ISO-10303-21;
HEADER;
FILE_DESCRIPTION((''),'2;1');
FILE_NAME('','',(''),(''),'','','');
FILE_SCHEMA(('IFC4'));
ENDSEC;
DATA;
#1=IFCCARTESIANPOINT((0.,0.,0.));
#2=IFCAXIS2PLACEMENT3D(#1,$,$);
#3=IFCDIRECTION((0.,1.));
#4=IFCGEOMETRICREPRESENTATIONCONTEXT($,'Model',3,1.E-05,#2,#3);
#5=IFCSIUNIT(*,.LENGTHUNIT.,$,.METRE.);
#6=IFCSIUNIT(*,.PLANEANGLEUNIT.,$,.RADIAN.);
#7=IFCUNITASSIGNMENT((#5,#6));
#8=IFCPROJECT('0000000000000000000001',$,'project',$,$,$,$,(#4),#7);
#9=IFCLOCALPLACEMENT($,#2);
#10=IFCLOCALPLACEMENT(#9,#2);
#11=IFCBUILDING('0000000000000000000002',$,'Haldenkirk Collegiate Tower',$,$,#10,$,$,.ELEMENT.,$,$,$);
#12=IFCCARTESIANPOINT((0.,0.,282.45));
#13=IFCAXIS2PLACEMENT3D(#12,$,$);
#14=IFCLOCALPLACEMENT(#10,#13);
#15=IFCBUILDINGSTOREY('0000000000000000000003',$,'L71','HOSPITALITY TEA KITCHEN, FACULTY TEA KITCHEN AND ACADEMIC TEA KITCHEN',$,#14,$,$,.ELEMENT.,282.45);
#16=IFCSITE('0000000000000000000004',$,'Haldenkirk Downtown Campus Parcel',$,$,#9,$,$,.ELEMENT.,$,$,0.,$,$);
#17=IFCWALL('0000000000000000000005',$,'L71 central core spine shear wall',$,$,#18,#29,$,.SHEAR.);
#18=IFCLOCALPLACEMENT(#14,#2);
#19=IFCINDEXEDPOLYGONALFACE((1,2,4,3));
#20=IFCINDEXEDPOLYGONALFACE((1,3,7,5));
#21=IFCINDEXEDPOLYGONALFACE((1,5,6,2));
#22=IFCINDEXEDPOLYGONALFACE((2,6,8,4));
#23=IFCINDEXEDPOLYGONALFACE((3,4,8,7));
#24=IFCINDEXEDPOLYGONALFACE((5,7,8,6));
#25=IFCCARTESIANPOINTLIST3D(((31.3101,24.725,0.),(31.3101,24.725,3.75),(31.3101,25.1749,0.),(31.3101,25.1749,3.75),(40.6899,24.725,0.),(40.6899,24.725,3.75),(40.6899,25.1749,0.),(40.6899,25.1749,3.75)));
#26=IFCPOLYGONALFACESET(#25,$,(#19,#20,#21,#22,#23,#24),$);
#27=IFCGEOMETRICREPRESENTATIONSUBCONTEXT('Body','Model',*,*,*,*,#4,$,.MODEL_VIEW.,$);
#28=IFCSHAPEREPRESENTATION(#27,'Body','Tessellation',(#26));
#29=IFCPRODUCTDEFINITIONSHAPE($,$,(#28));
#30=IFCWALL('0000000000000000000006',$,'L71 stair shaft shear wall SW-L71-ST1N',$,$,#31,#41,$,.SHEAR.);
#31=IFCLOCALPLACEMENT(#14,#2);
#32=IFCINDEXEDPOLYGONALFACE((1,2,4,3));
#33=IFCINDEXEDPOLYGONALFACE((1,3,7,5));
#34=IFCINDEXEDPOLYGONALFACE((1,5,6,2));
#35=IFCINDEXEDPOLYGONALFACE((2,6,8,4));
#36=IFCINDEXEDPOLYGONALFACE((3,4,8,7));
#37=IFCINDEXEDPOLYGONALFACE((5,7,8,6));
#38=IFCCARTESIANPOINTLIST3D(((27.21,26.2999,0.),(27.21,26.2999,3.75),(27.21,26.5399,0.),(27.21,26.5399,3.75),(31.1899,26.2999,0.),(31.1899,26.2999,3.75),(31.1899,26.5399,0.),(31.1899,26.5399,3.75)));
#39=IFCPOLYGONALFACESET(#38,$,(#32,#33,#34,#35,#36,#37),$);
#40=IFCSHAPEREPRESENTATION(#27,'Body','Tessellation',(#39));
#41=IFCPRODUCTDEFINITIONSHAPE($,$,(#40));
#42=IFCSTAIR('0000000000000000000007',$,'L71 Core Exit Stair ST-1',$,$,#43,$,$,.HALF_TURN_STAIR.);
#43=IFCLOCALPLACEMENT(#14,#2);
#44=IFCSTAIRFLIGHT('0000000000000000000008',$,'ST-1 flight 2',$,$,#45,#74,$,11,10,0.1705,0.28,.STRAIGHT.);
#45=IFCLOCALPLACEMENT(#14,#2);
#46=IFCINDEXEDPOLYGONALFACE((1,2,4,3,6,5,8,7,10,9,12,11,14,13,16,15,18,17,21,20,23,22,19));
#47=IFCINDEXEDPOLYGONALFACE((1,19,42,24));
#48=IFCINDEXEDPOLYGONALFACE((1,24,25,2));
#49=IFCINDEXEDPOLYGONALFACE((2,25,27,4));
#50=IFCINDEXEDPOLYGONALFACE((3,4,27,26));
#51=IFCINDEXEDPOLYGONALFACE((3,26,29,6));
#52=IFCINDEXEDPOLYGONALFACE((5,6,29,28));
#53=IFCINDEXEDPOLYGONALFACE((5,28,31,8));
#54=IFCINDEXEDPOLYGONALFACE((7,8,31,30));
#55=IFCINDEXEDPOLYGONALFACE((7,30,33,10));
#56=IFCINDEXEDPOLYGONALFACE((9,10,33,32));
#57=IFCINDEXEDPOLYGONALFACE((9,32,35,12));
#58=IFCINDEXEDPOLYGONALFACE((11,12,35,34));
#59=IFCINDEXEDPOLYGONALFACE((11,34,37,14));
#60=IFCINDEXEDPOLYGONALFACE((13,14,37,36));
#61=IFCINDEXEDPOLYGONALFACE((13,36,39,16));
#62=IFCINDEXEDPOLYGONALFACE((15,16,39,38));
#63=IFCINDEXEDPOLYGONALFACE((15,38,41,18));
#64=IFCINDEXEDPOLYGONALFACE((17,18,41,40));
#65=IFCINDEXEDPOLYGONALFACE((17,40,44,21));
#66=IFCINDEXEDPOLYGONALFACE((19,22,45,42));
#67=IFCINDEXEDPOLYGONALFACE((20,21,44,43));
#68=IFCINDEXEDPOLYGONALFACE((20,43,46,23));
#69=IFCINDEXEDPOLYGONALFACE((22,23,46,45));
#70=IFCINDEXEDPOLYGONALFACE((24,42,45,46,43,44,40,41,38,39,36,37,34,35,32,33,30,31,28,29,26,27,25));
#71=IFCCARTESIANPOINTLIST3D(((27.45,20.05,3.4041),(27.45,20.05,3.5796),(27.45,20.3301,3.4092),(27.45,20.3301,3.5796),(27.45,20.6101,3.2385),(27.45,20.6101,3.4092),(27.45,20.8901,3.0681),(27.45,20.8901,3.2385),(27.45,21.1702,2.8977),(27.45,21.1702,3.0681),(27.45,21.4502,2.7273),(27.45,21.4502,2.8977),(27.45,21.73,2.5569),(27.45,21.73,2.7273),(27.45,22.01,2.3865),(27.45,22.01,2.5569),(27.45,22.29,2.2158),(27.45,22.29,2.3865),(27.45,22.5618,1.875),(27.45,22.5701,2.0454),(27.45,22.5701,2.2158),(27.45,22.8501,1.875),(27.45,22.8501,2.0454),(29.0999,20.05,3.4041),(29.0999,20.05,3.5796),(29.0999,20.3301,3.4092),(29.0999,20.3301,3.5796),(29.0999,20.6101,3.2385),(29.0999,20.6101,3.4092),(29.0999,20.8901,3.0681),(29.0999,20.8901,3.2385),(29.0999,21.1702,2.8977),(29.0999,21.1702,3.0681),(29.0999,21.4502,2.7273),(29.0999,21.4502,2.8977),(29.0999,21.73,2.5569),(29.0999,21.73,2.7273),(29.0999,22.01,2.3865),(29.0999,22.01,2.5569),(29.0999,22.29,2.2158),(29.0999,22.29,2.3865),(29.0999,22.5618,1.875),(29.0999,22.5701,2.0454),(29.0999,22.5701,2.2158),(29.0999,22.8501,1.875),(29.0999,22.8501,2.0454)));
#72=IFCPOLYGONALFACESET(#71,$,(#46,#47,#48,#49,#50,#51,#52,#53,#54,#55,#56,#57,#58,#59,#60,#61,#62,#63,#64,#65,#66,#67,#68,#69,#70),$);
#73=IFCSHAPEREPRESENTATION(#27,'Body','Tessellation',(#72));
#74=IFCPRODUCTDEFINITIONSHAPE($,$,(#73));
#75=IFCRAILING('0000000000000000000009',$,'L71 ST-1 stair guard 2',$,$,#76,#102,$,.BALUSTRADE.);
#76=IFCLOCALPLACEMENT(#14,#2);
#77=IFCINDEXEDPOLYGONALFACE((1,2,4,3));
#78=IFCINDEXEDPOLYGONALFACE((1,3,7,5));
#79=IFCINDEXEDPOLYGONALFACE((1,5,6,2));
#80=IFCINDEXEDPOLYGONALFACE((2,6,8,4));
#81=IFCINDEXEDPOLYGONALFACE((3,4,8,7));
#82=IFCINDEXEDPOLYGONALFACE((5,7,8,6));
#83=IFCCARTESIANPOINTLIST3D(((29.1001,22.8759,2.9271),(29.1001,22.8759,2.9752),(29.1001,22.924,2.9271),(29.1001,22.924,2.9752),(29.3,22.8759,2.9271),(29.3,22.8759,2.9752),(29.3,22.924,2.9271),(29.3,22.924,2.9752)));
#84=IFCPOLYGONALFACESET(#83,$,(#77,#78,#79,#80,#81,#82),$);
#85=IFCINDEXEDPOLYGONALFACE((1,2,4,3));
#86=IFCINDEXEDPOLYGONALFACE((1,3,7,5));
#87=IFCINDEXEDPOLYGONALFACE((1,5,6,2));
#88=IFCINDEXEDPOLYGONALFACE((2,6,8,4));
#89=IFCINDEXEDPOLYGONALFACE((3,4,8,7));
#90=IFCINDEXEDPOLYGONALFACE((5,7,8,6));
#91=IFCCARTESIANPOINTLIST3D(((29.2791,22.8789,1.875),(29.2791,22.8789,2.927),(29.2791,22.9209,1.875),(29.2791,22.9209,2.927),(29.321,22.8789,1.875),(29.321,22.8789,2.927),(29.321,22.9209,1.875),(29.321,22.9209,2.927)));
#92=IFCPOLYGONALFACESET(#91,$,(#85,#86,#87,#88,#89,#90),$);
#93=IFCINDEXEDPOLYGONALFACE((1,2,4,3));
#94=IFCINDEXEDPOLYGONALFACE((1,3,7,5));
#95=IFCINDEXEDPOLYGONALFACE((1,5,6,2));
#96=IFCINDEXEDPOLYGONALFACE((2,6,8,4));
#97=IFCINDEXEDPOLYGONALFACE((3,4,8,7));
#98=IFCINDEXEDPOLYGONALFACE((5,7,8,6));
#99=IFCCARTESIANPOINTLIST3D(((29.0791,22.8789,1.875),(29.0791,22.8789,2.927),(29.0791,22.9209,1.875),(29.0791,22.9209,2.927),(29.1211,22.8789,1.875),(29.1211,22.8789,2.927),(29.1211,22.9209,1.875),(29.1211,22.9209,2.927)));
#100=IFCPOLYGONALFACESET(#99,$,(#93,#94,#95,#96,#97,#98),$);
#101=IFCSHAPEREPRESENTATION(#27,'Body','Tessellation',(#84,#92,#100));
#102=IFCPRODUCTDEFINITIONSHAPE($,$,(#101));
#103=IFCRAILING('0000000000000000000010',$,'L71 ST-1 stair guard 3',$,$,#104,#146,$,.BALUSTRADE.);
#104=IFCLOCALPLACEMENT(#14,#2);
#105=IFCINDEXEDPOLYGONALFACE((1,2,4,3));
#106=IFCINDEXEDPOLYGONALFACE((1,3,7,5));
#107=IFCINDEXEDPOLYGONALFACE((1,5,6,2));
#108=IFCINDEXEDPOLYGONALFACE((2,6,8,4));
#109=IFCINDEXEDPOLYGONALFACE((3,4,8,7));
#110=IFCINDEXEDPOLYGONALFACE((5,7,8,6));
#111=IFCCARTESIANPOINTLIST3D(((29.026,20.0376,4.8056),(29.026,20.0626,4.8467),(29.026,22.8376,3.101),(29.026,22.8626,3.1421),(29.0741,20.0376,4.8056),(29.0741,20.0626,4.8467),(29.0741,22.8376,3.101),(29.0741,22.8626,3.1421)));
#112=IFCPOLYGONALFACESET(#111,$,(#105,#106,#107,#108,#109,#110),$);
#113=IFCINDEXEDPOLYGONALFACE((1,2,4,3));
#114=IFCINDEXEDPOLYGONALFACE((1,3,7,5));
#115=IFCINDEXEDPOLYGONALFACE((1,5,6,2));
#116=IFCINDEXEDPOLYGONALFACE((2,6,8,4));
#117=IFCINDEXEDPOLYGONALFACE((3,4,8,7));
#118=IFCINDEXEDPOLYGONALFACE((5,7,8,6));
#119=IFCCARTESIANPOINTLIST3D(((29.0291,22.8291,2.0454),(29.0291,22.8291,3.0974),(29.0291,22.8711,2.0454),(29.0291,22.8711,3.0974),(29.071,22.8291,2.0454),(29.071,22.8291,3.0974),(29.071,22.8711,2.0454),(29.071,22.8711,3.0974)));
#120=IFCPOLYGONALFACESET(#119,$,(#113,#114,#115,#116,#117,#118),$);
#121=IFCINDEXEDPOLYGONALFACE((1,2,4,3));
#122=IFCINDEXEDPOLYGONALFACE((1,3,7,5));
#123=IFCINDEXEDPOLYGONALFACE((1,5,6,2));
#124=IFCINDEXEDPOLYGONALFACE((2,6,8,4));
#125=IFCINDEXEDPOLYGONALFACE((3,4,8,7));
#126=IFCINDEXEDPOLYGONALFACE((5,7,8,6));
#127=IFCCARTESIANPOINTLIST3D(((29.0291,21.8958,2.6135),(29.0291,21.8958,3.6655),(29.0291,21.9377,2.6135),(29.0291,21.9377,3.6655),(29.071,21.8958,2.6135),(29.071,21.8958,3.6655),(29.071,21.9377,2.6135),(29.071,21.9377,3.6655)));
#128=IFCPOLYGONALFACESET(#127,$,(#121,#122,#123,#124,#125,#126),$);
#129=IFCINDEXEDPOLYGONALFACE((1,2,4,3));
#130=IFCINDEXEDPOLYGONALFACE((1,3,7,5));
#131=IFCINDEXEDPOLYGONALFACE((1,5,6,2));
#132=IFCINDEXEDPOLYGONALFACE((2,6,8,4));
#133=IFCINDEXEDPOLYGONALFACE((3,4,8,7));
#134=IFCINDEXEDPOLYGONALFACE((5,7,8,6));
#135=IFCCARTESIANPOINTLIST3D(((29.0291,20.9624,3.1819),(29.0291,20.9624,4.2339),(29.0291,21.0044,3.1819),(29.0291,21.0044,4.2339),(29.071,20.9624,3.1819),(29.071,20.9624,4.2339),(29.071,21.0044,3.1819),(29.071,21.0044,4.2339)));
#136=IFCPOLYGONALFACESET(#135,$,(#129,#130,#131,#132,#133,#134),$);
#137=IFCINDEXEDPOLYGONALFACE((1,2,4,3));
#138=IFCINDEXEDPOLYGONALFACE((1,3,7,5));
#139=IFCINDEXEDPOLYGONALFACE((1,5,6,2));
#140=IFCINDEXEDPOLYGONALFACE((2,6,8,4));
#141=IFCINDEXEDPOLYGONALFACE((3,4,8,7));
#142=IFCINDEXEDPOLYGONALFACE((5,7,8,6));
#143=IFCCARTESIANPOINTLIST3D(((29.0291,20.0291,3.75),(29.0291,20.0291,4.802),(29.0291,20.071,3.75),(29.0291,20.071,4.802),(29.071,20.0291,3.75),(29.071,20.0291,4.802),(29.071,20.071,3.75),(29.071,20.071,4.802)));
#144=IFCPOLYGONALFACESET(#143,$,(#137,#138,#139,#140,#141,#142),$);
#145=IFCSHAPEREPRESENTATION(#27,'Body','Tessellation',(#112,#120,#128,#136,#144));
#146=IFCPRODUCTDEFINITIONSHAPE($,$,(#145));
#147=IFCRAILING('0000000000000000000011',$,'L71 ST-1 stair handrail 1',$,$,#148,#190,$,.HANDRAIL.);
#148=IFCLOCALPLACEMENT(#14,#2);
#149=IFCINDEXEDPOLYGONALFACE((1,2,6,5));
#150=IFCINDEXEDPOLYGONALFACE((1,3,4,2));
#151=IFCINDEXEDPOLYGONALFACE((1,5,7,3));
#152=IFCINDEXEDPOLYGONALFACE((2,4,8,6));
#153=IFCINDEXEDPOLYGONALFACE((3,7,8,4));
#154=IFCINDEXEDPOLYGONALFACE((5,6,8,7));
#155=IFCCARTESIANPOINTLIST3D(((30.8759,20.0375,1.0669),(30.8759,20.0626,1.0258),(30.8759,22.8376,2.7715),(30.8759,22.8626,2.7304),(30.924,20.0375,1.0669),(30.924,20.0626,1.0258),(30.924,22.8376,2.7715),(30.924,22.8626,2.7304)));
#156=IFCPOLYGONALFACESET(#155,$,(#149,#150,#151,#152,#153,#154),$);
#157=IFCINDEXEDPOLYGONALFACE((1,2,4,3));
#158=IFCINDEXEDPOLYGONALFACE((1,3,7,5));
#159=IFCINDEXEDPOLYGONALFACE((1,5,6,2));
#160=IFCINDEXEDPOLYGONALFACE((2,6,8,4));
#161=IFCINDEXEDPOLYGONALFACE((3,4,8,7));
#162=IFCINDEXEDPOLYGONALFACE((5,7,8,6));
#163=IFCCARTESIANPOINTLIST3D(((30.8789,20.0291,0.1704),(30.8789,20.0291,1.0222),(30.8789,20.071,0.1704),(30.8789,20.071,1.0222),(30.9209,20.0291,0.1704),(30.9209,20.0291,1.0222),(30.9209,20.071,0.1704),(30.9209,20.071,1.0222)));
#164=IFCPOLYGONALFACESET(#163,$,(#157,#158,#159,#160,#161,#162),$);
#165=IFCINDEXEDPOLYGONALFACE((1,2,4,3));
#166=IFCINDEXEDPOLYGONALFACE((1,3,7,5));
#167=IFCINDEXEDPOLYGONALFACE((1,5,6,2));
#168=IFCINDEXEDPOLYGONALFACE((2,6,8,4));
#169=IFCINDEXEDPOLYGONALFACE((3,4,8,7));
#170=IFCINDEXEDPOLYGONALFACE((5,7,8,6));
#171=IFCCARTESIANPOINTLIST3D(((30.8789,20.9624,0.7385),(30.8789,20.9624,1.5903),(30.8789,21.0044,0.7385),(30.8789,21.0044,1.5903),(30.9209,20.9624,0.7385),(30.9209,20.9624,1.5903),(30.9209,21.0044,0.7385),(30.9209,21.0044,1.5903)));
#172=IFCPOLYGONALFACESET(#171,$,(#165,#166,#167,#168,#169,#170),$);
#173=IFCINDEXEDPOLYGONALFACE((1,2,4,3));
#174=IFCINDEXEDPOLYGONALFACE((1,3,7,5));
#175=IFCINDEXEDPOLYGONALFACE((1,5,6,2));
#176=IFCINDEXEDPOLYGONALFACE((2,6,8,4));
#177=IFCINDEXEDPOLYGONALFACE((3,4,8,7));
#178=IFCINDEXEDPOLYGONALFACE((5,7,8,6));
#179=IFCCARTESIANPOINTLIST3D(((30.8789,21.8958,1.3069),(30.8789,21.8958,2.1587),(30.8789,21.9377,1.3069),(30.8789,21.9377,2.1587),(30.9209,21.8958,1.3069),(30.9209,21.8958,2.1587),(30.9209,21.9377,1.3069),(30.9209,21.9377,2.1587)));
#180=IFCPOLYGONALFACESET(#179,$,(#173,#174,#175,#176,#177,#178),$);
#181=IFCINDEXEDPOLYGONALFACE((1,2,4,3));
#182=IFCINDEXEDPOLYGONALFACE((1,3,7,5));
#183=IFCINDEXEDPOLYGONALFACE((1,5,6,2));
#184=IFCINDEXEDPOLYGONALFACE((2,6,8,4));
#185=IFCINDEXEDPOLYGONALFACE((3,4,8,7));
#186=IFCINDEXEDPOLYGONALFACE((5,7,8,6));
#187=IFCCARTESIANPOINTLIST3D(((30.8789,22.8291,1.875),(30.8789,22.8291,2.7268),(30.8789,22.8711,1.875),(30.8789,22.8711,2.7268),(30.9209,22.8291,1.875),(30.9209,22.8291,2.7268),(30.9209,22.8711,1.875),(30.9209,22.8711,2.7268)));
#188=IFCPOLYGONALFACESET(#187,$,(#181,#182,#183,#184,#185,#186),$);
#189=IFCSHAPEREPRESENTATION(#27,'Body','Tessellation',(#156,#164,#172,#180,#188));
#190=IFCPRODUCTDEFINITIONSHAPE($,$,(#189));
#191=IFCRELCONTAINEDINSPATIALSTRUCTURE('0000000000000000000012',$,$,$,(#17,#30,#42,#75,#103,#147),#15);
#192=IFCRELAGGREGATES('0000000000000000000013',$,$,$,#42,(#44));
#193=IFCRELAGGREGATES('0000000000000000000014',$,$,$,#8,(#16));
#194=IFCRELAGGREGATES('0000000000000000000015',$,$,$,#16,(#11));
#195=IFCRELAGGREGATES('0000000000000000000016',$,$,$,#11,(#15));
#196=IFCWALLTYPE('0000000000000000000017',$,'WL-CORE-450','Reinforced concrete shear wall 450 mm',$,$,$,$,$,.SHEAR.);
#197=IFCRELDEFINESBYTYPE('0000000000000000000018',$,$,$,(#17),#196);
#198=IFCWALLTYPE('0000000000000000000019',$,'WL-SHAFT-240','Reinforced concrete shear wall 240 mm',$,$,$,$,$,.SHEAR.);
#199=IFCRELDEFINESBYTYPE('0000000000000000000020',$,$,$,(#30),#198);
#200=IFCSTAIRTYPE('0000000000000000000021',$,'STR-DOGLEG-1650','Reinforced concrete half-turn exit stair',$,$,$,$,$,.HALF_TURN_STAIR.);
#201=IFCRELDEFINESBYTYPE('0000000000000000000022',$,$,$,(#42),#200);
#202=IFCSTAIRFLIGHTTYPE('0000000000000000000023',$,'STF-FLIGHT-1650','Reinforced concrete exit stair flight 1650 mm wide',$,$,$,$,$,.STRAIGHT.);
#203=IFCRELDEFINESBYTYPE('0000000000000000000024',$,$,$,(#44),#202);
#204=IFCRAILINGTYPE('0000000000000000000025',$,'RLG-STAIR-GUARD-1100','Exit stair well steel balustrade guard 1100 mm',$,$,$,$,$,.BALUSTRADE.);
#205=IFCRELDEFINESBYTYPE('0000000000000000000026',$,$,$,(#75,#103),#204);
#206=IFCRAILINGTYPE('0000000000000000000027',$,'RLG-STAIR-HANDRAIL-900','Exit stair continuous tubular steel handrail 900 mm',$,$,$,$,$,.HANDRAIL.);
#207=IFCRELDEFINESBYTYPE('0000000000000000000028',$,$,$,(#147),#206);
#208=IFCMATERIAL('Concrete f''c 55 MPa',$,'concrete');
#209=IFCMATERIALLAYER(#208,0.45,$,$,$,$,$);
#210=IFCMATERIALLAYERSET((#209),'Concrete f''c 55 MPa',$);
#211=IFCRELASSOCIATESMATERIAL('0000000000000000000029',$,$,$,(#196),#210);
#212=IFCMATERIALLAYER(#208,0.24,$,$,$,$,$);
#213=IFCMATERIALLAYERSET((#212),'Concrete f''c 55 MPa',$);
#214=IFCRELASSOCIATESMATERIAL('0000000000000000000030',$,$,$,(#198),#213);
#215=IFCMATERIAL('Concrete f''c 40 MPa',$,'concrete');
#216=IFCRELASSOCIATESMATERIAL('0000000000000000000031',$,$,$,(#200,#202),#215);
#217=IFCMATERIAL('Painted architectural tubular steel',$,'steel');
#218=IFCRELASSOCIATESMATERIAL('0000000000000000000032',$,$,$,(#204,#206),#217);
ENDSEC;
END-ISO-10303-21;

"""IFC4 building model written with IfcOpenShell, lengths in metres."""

from ifc_helpers import new_model, si_unit, direction, frame, frame_2d, origin, origin_2d, place, context, subcontext, project, spatial, polyline, rectangle, outline, extrude, material, layer, layer_set, type_object, element, aggregate, save


model = new_model("IFC4")

# Units and contexts
model_context = context("Model", 3, precision=1e-05, world=origin(), true_north=direction((0.0, 1.0)))
body_context = subcontext(model_context, "Body", "Model", "MODEL_VIEW")
ifc_project = project(units=[si_unit("LENGTHUNIT", "METRE"), si_unit("PLANEANGLEUNIT", "RADIAN")], contexts=[model_context])

# Site, building, storey
site_placement = place(None, origin())
site = spatial("IfcSite", under=ifc_project, at=site_placement, Name="Haldenkirk Downtown Campus Parcel", CompositionType="ELEMENT", RefElevation=0.0)
building_placement = place(site_placement, origin())
building = spatial("IfcBuilding", under=site, at=building_placement, Name="Haldenkirk Collegiate Tower", CompositionType="ELEMENT")
storey_placement = place(building_placement, frame((0.0, 0.0, 282.45)))
storey = spatial("IfcBuildingStorey", under=building, at=storey_placement, Name="L71", Description="HOSPITALITY TEA KITCHEN, FACULTY TEA KITCHEN AND ACADEMIC TEA KITCHEN", CompositionType="ELEMENT", Elevation=282.45)

# Wall
ifc_material_1 = material(Name="Concrete f'c 55 MPa", Category="concrete")
ifc_layer_1 = layer(ifc_material_1, 0.45)
ifc_layer_set_1 = layer_set([ifc_layer_1], Name="Concrete f'c 55 MPa")
wall_type_1 = type_object("IfcWallType", Name="WL-CORE-450", Description="Reinforced concrete shear wall 450 mm", PredefinedType="SHEAR", material=ifc_layer_set_1)
wall_1_placement = place(storey_placement, frame((31.3101, 24.95, 0.0), z_axis=(0.0, 0.0, 1.0), x_axis=(1.0, 0.0, 0.0)))
element("IfcWall", 1, at=wall_1_placement, inside=storey, type_object=wall_type_1, Name="L71 central core spine shear wall", PredefinedType="SHEAR", context=body_context, shape_type="SweptSolid", body=[
    extrude(rectangle(XDim=9.3799, YDim=0.45, at=frame_2d((4.6899, 0.0))), origin(), (0.0, 0.0, 1.0), 3.75),
])

# Wall
ifc_layer_2 = layer(ifc_material_1, 0.24)
ifc_layer_set_2 = layer_set([ifc_layer_2], Name="Concrete f'c 55 MPa")
wall_type_2 = type_object("IfcWallType", Name="WL-SHAFT-240", Description="Reinforced concrete shear wall 240 mm", PredefinedType="SHEAR", material=ifc_layer_set_2)
wall_2_placement = place(storey_placement, frame((27.21, 26.4199, 0.0), z_axis=(0.0, 0.0, 1.0), x_axis=(1.0, 0.0, 0.0)))
element("IfcWall", 2, at=wall_2_placement, inside=storey, type_object=wall_type_2, Name="L71 stair shaft shear wall SW-L71-ST1N", PredefinedType="SHEAR", context=body_context, shape_type="SweptSolid", body=[
    extrude(rectangle(XDim=3.98, YDim=0.24, at=frame_2d((1.99, 0.0))), origin(), (0.0, 0.0, 1.0), 3.75),
])

# Stair, stair flight
ifc_material_2 = material(Name="Concrete f'c 40 MPa", Category="concrete")
stair_type = type_object("IfcStairType", Name="STR-DOGLEG-1650", Description="Reinforced concrete half-turn exit stair", PredefinedType="HALF_TURN_STAIR", material=ifc_material_2)
stair_placement = place(storey_placement, origin())
stair = element("IfcStair", 3, at=stair_placement, inside=storey, type_object=stair_type, Name="L71 Core Exit Stair ST-1", PredefinedType="HALF_TURN_STAIR")
stair_flight_type = type_object("IfcStairFlightType", Name="STF-FLIGHT-1650", Description="Reinforced concrete exit stair flight 1650 mm wide", PredefinedType="STRAIGHT", material=ifc_material_2)
stair_flight_placement = place(storey_placement, frame((28.2749, 22.8501, 1.875), z_axis=(0.0, 0.0, 1.0), x_axis=(0.0, -1.0, 0.0)))
stair_flight = element("IfcStairFlight", 4, at=stair_flight_placement, type_object=stair_flight_type, Name="ST-1 flight 2", NumberOfRisers=11, NumberOfTreads=10, PredefinedType="STRAIGHT", RiserHeight=0.1705, TreadLength=0.28, context=body_context, shape_type="SweptSolid", body=[
    extrude(outline(polyline([(0.0, 0.0), (0.0, 0.1704), (0.28, 0.1704), (0.28, 0.3408), (0.5601, 0.3408), (0.5601, 0.5115), (0.8401, 0.5115), (0.8401, 0.6819), (1.1201, 0.6819), (1.1201, 0.8523), (1.3999, 0.8523), (1.3999, 1.0227), (1.6799, 1.0227), (1.6799, 1.1931), (1.96, 1.1931), (1.96, 1.3635), (2.24, 1.3635), (2.24, 1.5342), (2.52, 1.5342), (2.52, 1.7046), (2.8, 1.7046), (2.8, 1.875), (2.8, 1.5291), (0.2883, 0.0), (0.0, 0.0)])), frame((0.0, 0.825, 0.0), z_axis=(0.0, -1.0, 0.0), x_axis=(1.0, 0.0, 0.0)), (0.0, 0.0, 1.0), 1.6499),
])
aggregate(stair, [stair_flight])

# Railings
ifc_material_3 = material(Name="Painted architectural tubular steel", Category="steel")
railing_type_1 = type_object("IfcRailingType", Name="RLG-STAIR-GUARD-1100", Description="Exit stair well steel balustrade guard 1100 mm", PredefinedType="BALUSTRADE", material=ifc_material_3)
railing_1_placement = place(storey_placement, frame((29.3, 22.8999, 1.875)))
element("IfcRailing", 5, at=railing_1_placement, inside=storey, type_object=railing_type_1, Name="L71 ST-1 stair guard 2", PredefinedType="BALUSTRADE", context=body_context, shape_type="SweptSolid", body=[
    extrude(rectangle(XDim=0.0481, YDim=0.0481, at=origin_2d()), frame((0.0, 0.0, 1.0762), z_axis=(-1.0, 0.0, 0.0), x_axis=(0.0, -1.0, 0.0)), (0.0, 0.0, 1.0), 0.2),
    extrude(rectangle(XDim=0.042, YDim=0.042, at=origin_2d()), origin(), (0.0, 0.0, 1.0), 1.052),
    extrude(rectangle(XDim=0.042, YDim=0.042, at=origin_2d()), frame((-0.2, 0.0, 0.0)), (0.0, 0.0, 1.0), 1.052),
])
railing_2_placement = place(storey_placement, frame((29.05, 22.8501, 2.0454)))
element("IfcRailing", 6, at=railing_2_placement, inside=storey, type_object=railing_type_1, Name="L71 ST-1 stair guard 3", PredefinedType="BALUSTRADE", context=body_context, shape_type="SweptSolid", body=[
    extrude(rectangle(XDim=0.0481, YDim=0.0481, at=origin_2d()), frame((0.0, 0.0, 1.0762), z_axis=(0.0, -0.85417, 0.519994), x_axis=(1.0, 0.0, 0.0)), (0.0, 0.0, 1.0), 3.2781),
    extrude(rectangle(XDim=0.042, YDim=0.042, at=origin_2d()), origin(), (0.0, 0.0, 1.0), 1.052),
    extrude(rectangle(XDim=0.042, YDim=0.042, at=origin_2d()), frame((0.0, -0.9333, 0.5681)), (0.0, 0.0, 1.0), 1.052),
    extrude(rectangle(XDim=0.042, YDim=0.042, at=origin_2d()), frame((0.0, -1.8667, 1.1365)), (0.0, 0.0, 1.0), 1.052),
    extrude(rectangle(XDim=0.042, YDim=0.042, at=origin_2d()), frame((0.0, -2.8, 1.7046)), (0.0, 0.0, 1.0), 1.052),
])
railing_type_2 = type_object("IfcRailingType", Name="RLG-STAIR-HANDRAIL-900", Description="Exit stair continuous tubular steel handrail 900 mm", PredefinedType="HANDRAIL", material=ifc_material_3)
railing_3_placement = place(storey_placement, frame((30.8999, 20.05, 0.1704)))
element("IfcRailing", 7, at=railing_3_placement, inside=storey, type_object=railing_type_2, Name="L71 ST-1 stair handrail 1", PredefinedType="HANDRAIL", context=body_context, shape_type="SweptSolid", body=[
    extrude(rectangle(XDim=0.0481, YDim=0.0481, at=origin_2d()), frame((0.0, 0.0, 0.876), z_axis=(0.0, 0.85417, 0.519994), x_axis=(-1.0, 0.0, 0.0)), (0.0, 0.0, 1.0), 3.2781),
    extrude(rectangle(XDim=0.042, YDim=0.042, at=origin_2d()), origin(), (0.0, 0.0, 1.0), 0.8518),
    extrude(rectangle(XDim=0.042, YDim=0.042, at=origin_2d()), frame((0.0, 0.9333, 0.5681)), (0.0, 0.0, 1.0), 0.8518),
    extrude(rectangle(XDim=0.042, YDim=0.042, at=origin_2d()), frame((0.0, 1.8667, 1.1365)), (0.0, 0.0, 1.0), 0.8518),
    extrude(rectangle(XDim=0.042, YDim=0.042, at=origin_2d()), frame((0.0, 2.8, 1.7046)), (0.0, 0.0, 1.0), 0.8518),
])

save(model, "model.ifc")
